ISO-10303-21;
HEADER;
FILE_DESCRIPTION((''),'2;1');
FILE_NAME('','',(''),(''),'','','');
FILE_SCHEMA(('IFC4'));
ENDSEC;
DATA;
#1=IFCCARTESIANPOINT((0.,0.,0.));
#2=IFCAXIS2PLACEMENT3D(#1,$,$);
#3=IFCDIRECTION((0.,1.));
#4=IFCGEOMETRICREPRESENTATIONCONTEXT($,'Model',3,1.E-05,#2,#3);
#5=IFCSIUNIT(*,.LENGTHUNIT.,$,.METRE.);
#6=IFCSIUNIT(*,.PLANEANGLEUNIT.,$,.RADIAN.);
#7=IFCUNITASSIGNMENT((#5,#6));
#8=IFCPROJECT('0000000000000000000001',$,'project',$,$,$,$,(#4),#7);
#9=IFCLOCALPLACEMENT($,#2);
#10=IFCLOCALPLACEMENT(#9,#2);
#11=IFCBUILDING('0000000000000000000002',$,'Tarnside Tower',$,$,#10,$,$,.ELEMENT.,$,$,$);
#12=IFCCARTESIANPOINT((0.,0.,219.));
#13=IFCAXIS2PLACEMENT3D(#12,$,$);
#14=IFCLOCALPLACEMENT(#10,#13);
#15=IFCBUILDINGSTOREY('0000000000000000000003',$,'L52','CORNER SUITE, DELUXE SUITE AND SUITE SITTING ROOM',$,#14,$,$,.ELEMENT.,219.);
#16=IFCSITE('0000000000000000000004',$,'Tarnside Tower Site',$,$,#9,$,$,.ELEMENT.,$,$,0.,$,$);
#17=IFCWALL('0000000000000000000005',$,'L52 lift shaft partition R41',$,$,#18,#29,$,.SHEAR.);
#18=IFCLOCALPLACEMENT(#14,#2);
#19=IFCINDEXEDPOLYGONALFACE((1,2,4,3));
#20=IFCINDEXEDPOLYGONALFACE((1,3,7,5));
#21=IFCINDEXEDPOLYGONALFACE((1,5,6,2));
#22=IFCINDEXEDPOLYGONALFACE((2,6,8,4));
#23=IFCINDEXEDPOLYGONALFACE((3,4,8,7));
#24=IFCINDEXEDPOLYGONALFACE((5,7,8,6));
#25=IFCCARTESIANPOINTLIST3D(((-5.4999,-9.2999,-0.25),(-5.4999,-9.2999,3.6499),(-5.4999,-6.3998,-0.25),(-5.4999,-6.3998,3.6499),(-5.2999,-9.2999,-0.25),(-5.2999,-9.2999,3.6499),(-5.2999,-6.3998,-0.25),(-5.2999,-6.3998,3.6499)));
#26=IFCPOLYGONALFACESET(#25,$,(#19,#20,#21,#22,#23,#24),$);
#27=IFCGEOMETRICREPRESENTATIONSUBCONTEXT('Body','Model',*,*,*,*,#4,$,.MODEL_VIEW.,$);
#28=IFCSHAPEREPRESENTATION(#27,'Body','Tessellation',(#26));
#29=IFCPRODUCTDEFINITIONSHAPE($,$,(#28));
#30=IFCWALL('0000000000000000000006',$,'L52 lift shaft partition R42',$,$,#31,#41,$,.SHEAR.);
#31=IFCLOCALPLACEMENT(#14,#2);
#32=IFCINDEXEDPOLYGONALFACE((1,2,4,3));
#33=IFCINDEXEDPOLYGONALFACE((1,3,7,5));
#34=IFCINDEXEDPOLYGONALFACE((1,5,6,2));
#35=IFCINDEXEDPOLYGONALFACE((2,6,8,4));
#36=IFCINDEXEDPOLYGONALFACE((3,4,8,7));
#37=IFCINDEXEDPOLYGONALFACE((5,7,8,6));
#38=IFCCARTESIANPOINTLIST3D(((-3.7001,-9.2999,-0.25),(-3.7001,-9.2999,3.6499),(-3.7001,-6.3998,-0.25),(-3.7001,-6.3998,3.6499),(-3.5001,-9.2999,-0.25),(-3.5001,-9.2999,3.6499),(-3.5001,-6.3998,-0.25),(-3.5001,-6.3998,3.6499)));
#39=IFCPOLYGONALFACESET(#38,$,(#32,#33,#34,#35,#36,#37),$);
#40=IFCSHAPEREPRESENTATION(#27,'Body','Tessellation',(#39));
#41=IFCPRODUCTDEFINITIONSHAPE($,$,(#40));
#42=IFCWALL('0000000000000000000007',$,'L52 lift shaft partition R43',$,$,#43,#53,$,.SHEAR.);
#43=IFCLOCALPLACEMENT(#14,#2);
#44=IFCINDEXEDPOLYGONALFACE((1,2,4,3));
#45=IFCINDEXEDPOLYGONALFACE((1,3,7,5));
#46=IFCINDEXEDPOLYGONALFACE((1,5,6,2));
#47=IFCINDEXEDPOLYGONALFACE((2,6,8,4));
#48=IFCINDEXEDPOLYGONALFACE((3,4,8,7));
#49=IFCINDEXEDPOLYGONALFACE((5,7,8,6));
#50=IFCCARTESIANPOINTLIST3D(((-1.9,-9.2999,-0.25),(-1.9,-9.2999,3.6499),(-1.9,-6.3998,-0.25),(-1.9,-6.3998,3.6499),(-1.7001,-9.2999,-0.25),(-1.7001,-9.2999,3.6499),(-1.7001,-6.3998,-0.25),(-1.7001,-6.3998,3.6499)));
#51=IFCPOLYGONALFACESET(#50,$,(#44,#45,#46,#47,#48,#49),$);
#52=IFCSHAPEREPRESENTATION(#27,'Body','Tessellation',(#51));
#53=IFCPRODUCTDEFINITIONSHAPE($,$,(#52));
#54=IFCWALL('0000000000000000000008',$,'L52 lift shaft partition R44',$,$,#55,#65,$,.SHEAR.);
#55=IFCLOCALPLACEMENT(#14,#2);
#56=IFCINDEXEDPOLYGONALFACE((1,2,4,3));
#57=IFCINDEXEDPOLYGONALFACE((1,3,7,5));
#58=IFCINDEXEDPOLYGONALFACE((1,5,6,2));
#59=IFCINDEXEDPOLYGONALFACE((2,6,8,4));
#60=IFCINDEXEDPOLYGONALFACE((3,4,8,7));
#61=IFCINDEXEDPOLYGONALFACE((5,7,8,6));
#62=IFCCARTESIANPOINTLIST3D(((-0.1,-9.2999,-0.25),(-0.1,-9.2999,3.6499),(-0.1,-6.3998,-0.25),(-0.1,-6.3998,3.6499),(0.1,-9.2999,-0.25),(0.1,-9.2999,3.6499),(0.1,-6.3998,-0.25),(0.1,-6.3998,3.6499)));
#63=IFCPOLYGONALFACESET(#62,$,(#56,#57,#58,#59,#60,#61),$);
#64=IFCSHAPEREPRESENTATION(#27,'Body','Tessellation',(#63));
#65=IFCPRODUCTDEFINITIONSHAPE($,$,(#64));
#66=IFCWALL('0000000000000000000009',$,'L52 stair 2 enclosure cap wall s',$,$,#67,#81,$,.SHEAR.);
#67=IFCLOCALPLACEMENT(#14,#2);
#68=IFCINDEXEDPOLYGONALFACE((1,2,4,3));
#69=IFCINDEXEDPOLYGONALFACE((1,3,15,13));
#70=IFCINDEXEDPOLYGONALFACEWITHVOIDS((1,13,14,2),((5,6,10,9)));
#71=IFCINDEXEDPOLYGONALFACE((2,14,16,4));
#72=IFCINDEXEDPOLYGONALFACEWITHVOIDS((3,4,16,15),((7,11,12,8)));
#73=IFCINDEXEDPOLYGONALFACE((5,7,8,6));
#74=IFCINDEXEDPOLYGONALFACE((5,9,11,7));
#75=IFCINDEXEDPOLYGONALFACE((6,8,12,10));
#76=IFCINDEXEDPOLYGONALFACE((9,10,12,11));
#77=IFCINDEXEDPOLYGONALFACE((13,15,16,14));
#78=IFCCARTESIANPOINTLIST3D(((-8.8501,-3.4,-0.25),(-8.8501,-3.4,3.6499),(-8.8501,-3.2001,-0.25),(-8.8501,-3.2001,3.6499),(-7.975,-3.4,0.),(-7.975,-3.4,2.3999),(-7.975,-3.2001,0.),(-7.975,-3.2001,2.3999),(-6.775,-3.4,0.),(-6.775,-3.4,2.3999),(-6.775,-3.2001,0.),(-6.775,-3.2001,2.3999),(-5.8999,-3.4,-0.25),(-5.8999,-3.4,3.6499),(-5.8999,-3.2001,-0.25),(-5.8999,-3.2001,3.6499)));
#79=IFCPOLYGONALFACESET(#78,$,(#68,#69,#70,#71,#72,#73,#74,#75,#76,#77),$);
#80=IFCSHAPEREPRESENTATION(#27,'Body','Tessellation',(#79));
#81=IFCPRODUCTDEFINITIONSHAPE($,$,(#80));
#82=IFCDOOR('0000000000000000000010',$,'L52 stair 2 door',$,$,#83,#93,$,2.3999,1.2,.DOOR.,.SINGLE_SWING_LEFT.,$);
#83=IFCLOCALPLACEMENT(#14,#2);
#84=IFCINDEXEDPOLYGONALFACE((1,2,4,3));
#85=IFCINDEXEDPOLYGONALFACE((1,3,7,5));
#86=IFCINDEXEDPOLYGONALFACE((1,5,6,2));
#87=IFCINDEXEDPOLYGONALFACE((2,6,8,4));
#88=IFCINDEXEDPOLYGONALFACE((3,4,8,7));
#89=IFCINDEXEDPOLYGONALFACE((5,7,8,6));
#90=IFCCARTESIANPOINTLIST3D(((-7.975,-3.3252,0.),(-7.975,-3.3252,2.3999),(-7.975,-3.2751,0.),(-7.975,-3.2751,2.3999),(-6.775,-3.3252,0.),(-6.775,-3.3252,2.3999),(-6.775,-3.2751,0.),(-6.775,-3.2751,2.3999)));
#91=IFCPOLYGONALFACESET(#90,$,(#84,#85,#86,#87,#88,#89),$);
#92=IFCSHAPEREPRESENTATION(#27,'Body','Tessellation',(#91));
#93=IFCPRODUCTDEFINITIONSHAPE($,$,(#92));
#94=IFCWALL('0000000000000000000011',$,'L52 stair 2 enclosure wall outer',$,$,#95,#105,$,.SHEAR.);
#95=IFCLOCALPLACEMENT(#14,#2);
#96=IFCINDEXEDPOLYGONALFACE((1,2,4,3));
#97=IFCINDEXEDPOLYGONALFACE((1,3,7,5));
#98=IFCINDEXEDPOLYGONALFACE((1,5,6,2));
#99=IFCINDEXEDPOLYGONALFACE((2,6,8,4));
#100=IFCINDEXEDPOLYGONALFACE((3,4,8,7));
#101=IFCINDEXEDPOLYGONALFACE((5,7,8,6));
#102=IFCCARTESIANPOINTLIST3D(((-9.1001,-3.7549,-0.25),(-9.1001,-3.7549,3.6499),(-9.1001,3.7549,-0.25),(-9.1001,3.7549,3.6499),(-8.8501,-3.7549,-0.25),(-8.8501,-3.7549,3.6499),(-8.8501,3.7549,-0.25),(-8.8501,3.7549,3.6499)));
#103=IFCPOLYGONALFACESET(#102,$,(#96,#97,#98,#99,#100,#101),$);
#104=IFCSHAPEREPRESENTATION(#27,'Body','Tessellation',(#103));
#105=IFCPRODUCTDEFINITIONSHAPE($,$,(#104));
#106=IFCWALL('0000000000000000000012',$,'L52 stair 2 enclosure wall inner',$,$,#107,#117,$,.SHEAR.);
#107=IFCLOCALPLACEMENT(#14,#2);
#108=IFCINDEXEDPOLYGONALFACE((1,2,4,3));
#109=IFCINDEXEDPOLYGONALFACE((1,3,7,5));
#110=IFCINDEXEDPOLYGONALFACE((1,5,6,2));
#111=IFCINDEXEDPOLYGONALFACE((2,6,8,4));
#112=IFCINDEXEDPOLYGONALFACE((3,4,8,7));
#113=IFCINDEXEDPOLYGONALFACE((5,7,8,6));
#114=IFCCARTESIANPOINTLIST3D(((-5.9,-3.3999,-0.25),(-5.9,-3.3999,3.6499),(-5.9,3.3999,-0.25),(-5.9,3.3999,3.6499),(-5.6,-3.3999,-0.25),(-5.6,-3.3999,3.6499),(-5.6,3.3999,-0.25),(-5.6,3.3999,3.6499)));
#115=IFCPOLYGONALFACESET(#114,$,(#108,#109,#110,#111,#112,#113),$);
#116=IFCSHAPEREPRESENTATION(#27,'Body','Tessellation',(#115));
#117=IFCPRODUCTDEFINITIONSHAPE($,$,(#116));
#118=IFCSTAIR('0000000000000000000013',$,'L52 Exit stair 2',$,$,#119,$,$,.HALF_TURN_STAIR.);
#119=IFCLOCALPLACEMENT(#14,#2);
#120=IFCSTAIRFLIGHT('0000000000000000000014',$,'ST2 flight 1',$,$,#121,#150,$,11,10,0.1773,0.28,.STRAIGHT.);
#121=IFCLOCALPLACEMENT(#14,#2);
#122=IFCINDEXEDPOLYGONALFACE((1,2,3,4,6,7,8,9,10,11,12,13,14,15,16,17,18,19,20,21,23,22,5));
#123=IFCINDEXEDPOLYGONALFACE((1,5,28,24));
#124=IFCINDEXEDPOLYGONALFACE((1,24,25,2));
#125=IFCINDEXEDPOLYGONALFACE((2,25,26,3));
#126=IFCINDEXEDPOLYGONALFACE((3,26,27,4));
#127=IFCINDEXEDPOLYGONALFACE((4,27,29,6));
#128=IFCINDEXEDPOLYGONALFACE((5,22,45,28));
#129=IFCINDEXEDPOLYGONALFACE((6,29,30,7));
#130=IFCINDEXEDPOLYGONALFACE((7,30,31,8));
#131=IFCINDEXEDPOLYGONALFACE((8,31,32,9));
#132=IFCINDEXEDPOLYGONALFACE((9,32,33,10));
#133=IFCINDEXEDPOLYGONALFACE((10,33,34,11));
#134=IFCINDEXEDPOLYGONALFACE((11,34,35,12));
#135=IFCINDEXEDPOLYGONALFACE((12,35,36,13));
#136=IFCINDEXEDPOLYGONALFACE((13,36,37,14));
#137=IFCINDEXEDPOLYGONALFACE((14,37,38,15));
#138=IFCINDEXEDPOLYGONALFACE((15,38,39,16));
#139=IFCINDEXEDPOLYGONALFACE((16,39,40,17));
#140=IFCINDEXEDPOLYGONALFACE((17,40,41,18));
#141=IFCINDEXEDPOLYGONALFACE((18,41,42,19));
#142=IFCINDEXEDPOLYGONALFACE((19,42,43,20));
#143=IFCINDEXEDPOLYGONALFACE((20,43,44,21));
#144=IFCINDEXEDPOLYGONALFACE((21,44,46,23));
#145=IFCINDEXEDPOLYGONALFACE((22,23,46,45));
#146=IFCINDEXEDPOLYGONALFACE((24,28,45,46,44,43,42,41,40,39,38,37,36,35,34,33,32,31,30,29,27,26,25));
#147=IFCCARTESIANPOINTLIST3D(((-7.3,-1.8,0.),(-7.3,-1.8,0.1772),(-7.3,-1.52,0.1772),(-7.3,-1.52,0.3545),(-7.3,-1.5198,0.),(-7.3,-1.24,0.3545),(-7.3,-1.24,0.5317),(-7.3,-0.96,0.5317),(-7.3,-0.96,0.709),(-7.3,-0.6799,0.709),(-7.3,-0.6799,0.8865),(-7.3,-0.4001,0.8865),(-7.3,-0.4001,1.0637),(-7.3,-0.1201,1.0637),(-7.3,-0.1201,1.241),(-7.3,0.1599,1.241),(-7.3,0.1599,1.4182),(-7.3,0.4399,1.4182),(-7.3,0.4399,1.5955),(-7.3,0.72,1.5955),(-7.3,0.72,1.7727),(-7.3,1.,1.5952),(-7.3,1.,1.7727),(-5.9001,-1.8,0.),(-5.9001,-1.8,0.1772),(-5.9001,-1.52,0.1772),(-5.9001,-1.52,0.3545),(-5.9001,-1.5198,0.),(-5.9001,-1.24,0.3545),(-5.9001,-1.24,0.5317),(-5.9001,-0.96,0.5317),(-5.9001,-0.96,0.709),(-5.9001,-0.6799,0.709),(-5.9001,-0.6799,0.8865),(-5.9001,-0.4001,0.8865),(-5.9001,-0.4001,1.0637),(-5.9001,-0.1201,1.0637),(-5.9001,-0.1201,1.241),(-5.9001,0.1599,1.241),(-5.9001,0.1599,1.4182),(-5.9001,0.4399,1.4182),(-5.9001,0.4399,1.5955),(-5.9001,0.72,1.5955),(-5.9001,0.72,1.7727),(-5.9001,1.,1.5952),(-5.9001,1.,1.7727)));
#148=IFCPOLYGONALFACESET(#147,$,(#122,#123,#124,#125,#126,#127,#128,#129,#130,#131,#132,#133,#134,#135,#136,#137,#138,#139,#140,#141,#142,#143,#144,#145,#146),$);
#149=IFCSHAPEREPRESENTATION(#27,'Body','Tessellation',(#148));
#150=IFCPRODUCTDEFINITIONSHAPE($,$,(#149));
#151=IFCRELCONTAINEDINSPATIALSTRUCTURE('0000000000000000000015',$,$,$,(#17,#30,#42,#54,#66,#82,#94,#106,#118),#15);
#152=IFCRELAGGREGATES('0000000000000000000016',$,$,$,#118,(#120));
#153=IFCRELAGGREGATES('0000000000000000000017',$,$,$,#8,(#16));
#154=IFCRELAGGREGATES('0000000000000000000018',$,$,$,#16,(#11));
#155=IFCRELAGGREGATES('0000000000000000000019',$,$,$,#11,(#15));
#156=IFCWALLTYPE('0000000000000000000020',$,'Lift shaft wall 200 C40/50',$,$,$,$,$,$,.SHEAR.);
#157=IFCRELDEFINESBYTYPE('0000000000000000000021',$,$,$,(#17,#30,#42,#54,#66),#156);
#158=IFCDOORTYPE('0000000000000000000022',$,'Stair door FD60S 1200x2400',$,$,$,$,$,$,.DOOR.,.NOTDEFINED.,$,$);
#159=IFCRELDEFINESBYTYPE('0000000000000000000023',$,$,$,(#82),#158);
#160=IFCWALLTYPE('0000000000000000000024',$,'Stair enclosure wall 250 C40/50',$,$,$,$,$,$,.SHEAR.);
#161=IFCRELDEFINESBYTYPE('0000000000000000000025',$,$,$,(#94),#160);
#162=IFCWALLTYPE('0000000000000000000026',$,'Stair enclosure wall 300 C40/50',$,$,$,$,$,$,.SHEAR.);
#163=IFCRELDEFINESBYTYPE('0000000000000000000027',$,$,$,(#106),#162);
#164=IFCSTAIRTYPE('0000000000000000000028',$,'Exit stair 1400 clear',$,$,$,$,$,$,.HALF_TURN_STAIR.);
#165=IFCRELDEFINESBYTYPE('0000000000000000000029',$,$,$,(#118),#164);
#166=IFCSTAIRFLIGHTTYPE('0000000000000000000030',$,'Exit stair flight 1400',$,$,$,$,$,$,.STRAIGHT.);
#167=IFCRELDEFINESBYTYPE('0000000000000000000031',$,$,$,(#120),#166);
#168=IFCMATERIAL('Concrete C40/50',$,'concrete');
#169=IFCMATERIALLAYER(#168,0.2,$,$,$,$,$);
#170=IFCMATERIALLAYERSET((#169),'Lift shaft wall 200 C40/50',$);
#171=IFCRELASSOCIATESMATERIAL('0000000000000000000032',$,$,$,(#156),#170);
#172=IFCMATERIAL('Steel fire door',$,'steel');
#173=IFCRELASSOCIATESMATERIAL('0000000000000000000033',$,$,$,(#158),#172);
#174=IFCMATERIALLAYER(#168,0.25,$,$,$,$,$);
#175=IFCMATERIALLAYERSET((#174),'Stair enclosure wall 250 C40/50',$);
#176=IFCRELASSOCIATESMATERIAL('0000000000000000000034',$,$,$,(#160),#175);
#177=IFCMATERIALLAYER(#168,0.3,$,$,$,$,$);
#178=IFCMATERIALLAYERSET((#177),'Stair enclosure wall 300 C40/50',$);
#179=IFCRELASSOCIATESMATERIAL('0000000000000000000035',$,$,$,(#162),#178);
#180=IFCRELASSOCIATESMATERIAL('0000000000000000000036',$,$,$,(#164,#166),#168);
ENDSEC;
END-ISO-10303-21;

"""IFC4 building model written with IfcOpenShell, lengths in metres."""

from ifc_helpers import new_model, si_unit, direction, frame, frame_2d, origin, place, context, subcontext, project, spatial, polyline, rectangle, outline, extrude, material, layer, layer_set, type_object, element, fill, aggregate, save


model = new_model("IFC4")

# Units and contexts
model_context = context("Model", 3, precision=1e-05, world=origin(), true_north=direction((0.0, 1.0)))
body_context = subcontext(model_context, "Body", "Model", "MODEL_VIEW")
ifc_project = project(units=[si_unit("LENGTHUNIT", "METRE"), si_unit("PLANEANGLEUNIT", "RADIAN")], contexts=[model_context])

# Site, building, storey
site_placement = place(None, origin())
site = spatial("IfcSite", under=ifc_project, at=site_placement, Name="Tarnside Tower Site", CompositionType="ELEMENT", RefElevation=0.0)
building_placement = place(site_placement, origin())
building = spatial("IfcBuilding", under=site, at=building_placement, Name="Tarnside Tower", CompositionType="ELEMENT")
storey_placement = place(building_placement, frame((0.0, 0.0, 219.0)))
storey = spatial("IfcBuildingStorey", under=building, at=storey_placement, Name="L52", Description="CORNER SUITE, DELUXE SUITE AND SUITE SITTING ROOM", CompositionType="ELEMENT", Elevation=219.0)

# Shared definitions
ifc_material_1 = material(Name="Steel fire door", Category="steel")

# Shared definitions
ifc_material_2 = material(Name="Concrete C40/50", Category="concrete")
ifc_layer_1 = layer(ifc_material_2, 0.2)
ifc_layer_set_1 = layer_set([ifc_layer_1], Name="Lift shaft wall 200 C40/50")
wall_type_1 = type_object("IfcWallType", Name="Lift shaft wall 200 C40/50", PredefinedType="SHEAR", material=ifc_layer_set_1)

# Walls
for number, where, z_axis, x_axis, name in (
    (1, (-5.3999, -9.3, -0.25), (0.0, 0.0, 1.0), (0.0, 1.0, 0.0), "L52 lift shaft partition R41"),
    (2, (-3.6001, -9.3, -0.25), (0.0, 0.0, 1.0), (0.0, 1.0, 0.0), "L52 lift shaft partition R42"),
    (3, (-1.8, -9.3, -0.25), (0.0, 0.0, 1.0), (0.0, 1.0, 0.0), "L52 lift shaft partition R43"),
    (4, (0.0, -9.3, -0.25), (0.0, 0.0, 1.0), (0.0, 1.0, 0.0), "L52 lift shaft partition R44"),
):
    element("IfcWall", number, at=place(storey_placement, frame(where, z_axis=z_axis, x_axis=x_axis)), inside=storey, type_object=wall_type_1, Name=name, PredefinedType="SHEAR", context=body_context, shape_type="SweptSolid", body=[
        extrude(rectangle(XDim=2.9001, YDim=0.2, at=frame_2d((1.4502, 0.0))), origin(), (0.0, 0.0, 1.0), 3.8999),
    ])

# Wall, opening, door
wall_1_placement = place(storey_placement, frame((-8.8501, -3.3, -0.25), z_axis=(0.0, 0.0, 1.0), x_axis=(1.0, 0.0, 0.0)))
wall_1 = element("IfcWall", 5, at=wall_1_placement, inside=storey, type_object=wall_type_1, Name="L52 stair 2 enclosure cap wall s", PredefinedType="SHEAR", context=body_context, shape_type="SweptSolid", body=[
    extrude(rectangle(XDim=2.9502, YDim=0.2, at=frame_2d((1.4751, 0.0))), origin(), (0.0, 0.0, 1.0), 3.8999),
])
opening_1_placement = place(wall_1_placement, frame((0.875, 0.0, 0.25)))
opening_1 = element("IfcOpeningElement", 6, at=opening_1_placement, cuts=wall_1, PredefinedType="OPENING", context=body_context, shape_type="SweptSolid", body=[
    extrude(rectangle(XDim=1.2, YDim=2.3999, at=frame_2d((0.6001, 1.2))), frame((0.0, 0.1099, 0.0), z_axis=(0.0, -1.0, 0.0), x_axis=(1.0, 0.0, 0.0)), (0.0, 0.0, 1.0), 0.22),
])
door_type_1 = type_object("IfcDoorType", Name="Stair door FD60S 1200x2400", OperationType="NOTDEFINED", PredefinedType="DOOR", material=ifc_material_1)
door_1_placement = place(opening_1_placement, origin())
door_1 = element("IfcDoor", 7, at=door_1_placement, inside=storey, type_object=door_type_1, Name="L52 stair 2 door", OperationType="SINGLE_SWING_LEFT", OverallHeight=2.3999, OverallWidth=1.2, PredefinedType="DOOR", context=body_context, shape_type="SweptSolid", body=[
    extrude(rectangle(XDim=1.2, YDim=2.3999, at=frame_2d((0.6001, 1.2))), frame((0.0, 0.0249, 0.0), z_axis=(0.0, -1.0, 0.0), x_axis=(1.0, 0.0, 0.0)), (0.0, 0.0, 1.0), 0.05),
])
fill(opening_1, door_1)

# Walls
ifc_layer_2 = layer(ifc_material_2, 0.25)
ifc_layer_set_2 = layer_set([ifc_layer_2], Name="Stair enclosure wall 250 C40/50")
wall_type_2 = type_object("IfcWallType", Name="Stair enclosure wall 250 C40/50", PredefinedType="SHEAR", material=ifc_layer_set_2)
wall_2_placement = place(storey_placement, frame((-8.9751, -3.7549, -0.25), z_axis=(0.0, 0.0, 1.0), x_axis=(0.0, 1.0, 0.0)))
element("IfcWall", 8, at=wall_2_placement, inside=storey, type_object=wall_type_2, Name="L52 stair 2 enclosure wall outer", PredefinedType="SHEAR", context=body_context, shape_type="SweptSolid", body=[
    extrude(rectangle(XDim=7.5098, YDim=0.25, at=frame_2d((3.7549, 0.0))), origin(), (0.0, 0.0, 1.0), 3.8999),
])
ifc_layer_3 = layer(ifc_material_2, 0.3)
ifc_layer_set_3 = layer_set([ifc_layer_3], Name="Stair enclosure wall 300 C40/50")
wall_type_3 = type_object("IfcWallType", Name="Stair enclosure wall 300 C40/50", PredefinedType="SHEAR", material=ifc_layer_set_3)
wall_3_placement = place(storey_placement, frame((-5.75, -3.3999, -0.25), z_axis=(0.0, 0.0, 1.0), x_axis=(0.0, 1.0, 0.0)))
element("IfcWall", 9, at=wall_3_placement, inside=storey, type_object=wall_type_3, Name="L52 stair 2 enclosure wall inner", PredefinedType="SHEAR", context=body_context, shape_type="SweptSolid", body=[
    extrude(rectangle(XDim=6.7998, YDim=0.3, at=frame_2d((3.3999, 0.0))), origin(), (0.0, 0.0, 1.0), 3.8999),
])

# Stair, stair flight
stair_type = type_object("IfcStairType", Name="Exit stair 1400 clear", PredefinedType="HALF_TURN_STAIR", material=ifc_material_2)
stair_placement = place(storey_placement, origin())
stair = element("IfcStair", 10, at=stair_placement, inside=storey, type_object=stair_type, Name="L52 Exit stair 2", PredefinedType="HALF_TURN_STAIR")
stair_flight_type = type_object("IfcStairFlightType", Name="Exit stair flight 1400", PredefinedType="STRAIGHT", material=ifc_material_2)
stair_flight_placement = place(storey_placement, frame((-6.6001, -1.8, 0.0), z_axis=(0.0, 0.0, 1.0), x_axis=(0.0, 1.0, 0.0)))
stair_flight = element("IfcStairFlight", 11, at=stair_flight_placement, type_object=stair_flight_type, Name="ST2 flight 1", NumberOfRisers=11, NumberOfTreads=10, PredefinedType="STRAIGHT", RiserHeight=0.1773, TreadLength=0.28, context=body_context, shape_type="SweptSolid", body=[
    extrude(outline(polyline([(0.0, 0.0), (0.0, 0.1772), (0.28, 0.1772), (0.28, 0.3545), (0.5601, 0.3545), (0.5601, 0.5317), (0.8401, 0.5317), (0.8401, 0.709), (1.1201, 0.709), (1.1201, 0.8865), (1.3999, 0.8865), (1.3999, 1.0637), (1.6799, 1.0637), (1.6799, 1.241), (1.96, 1.241), (1.96, 1.4182), (2.24, 1.4182), (2.24, 1.5955), (2.52, 1.5955), (2.52, 1.7727), (2.8, 1.7727), (2.8, 1.95), (2.8, 1.5952), (0.2803, 0.0), (0.0, 0.0)])), frame((0.0, 0.7, 0.0), z_axis=(0.0, -1.0, 0.0), x_axis=(1.0, 0.0, 0.0)), (0.0, 0.0, 1.0), 1.3999),
])
aggregate(stair, [stair_flight])

save(model, "model.ifc")
